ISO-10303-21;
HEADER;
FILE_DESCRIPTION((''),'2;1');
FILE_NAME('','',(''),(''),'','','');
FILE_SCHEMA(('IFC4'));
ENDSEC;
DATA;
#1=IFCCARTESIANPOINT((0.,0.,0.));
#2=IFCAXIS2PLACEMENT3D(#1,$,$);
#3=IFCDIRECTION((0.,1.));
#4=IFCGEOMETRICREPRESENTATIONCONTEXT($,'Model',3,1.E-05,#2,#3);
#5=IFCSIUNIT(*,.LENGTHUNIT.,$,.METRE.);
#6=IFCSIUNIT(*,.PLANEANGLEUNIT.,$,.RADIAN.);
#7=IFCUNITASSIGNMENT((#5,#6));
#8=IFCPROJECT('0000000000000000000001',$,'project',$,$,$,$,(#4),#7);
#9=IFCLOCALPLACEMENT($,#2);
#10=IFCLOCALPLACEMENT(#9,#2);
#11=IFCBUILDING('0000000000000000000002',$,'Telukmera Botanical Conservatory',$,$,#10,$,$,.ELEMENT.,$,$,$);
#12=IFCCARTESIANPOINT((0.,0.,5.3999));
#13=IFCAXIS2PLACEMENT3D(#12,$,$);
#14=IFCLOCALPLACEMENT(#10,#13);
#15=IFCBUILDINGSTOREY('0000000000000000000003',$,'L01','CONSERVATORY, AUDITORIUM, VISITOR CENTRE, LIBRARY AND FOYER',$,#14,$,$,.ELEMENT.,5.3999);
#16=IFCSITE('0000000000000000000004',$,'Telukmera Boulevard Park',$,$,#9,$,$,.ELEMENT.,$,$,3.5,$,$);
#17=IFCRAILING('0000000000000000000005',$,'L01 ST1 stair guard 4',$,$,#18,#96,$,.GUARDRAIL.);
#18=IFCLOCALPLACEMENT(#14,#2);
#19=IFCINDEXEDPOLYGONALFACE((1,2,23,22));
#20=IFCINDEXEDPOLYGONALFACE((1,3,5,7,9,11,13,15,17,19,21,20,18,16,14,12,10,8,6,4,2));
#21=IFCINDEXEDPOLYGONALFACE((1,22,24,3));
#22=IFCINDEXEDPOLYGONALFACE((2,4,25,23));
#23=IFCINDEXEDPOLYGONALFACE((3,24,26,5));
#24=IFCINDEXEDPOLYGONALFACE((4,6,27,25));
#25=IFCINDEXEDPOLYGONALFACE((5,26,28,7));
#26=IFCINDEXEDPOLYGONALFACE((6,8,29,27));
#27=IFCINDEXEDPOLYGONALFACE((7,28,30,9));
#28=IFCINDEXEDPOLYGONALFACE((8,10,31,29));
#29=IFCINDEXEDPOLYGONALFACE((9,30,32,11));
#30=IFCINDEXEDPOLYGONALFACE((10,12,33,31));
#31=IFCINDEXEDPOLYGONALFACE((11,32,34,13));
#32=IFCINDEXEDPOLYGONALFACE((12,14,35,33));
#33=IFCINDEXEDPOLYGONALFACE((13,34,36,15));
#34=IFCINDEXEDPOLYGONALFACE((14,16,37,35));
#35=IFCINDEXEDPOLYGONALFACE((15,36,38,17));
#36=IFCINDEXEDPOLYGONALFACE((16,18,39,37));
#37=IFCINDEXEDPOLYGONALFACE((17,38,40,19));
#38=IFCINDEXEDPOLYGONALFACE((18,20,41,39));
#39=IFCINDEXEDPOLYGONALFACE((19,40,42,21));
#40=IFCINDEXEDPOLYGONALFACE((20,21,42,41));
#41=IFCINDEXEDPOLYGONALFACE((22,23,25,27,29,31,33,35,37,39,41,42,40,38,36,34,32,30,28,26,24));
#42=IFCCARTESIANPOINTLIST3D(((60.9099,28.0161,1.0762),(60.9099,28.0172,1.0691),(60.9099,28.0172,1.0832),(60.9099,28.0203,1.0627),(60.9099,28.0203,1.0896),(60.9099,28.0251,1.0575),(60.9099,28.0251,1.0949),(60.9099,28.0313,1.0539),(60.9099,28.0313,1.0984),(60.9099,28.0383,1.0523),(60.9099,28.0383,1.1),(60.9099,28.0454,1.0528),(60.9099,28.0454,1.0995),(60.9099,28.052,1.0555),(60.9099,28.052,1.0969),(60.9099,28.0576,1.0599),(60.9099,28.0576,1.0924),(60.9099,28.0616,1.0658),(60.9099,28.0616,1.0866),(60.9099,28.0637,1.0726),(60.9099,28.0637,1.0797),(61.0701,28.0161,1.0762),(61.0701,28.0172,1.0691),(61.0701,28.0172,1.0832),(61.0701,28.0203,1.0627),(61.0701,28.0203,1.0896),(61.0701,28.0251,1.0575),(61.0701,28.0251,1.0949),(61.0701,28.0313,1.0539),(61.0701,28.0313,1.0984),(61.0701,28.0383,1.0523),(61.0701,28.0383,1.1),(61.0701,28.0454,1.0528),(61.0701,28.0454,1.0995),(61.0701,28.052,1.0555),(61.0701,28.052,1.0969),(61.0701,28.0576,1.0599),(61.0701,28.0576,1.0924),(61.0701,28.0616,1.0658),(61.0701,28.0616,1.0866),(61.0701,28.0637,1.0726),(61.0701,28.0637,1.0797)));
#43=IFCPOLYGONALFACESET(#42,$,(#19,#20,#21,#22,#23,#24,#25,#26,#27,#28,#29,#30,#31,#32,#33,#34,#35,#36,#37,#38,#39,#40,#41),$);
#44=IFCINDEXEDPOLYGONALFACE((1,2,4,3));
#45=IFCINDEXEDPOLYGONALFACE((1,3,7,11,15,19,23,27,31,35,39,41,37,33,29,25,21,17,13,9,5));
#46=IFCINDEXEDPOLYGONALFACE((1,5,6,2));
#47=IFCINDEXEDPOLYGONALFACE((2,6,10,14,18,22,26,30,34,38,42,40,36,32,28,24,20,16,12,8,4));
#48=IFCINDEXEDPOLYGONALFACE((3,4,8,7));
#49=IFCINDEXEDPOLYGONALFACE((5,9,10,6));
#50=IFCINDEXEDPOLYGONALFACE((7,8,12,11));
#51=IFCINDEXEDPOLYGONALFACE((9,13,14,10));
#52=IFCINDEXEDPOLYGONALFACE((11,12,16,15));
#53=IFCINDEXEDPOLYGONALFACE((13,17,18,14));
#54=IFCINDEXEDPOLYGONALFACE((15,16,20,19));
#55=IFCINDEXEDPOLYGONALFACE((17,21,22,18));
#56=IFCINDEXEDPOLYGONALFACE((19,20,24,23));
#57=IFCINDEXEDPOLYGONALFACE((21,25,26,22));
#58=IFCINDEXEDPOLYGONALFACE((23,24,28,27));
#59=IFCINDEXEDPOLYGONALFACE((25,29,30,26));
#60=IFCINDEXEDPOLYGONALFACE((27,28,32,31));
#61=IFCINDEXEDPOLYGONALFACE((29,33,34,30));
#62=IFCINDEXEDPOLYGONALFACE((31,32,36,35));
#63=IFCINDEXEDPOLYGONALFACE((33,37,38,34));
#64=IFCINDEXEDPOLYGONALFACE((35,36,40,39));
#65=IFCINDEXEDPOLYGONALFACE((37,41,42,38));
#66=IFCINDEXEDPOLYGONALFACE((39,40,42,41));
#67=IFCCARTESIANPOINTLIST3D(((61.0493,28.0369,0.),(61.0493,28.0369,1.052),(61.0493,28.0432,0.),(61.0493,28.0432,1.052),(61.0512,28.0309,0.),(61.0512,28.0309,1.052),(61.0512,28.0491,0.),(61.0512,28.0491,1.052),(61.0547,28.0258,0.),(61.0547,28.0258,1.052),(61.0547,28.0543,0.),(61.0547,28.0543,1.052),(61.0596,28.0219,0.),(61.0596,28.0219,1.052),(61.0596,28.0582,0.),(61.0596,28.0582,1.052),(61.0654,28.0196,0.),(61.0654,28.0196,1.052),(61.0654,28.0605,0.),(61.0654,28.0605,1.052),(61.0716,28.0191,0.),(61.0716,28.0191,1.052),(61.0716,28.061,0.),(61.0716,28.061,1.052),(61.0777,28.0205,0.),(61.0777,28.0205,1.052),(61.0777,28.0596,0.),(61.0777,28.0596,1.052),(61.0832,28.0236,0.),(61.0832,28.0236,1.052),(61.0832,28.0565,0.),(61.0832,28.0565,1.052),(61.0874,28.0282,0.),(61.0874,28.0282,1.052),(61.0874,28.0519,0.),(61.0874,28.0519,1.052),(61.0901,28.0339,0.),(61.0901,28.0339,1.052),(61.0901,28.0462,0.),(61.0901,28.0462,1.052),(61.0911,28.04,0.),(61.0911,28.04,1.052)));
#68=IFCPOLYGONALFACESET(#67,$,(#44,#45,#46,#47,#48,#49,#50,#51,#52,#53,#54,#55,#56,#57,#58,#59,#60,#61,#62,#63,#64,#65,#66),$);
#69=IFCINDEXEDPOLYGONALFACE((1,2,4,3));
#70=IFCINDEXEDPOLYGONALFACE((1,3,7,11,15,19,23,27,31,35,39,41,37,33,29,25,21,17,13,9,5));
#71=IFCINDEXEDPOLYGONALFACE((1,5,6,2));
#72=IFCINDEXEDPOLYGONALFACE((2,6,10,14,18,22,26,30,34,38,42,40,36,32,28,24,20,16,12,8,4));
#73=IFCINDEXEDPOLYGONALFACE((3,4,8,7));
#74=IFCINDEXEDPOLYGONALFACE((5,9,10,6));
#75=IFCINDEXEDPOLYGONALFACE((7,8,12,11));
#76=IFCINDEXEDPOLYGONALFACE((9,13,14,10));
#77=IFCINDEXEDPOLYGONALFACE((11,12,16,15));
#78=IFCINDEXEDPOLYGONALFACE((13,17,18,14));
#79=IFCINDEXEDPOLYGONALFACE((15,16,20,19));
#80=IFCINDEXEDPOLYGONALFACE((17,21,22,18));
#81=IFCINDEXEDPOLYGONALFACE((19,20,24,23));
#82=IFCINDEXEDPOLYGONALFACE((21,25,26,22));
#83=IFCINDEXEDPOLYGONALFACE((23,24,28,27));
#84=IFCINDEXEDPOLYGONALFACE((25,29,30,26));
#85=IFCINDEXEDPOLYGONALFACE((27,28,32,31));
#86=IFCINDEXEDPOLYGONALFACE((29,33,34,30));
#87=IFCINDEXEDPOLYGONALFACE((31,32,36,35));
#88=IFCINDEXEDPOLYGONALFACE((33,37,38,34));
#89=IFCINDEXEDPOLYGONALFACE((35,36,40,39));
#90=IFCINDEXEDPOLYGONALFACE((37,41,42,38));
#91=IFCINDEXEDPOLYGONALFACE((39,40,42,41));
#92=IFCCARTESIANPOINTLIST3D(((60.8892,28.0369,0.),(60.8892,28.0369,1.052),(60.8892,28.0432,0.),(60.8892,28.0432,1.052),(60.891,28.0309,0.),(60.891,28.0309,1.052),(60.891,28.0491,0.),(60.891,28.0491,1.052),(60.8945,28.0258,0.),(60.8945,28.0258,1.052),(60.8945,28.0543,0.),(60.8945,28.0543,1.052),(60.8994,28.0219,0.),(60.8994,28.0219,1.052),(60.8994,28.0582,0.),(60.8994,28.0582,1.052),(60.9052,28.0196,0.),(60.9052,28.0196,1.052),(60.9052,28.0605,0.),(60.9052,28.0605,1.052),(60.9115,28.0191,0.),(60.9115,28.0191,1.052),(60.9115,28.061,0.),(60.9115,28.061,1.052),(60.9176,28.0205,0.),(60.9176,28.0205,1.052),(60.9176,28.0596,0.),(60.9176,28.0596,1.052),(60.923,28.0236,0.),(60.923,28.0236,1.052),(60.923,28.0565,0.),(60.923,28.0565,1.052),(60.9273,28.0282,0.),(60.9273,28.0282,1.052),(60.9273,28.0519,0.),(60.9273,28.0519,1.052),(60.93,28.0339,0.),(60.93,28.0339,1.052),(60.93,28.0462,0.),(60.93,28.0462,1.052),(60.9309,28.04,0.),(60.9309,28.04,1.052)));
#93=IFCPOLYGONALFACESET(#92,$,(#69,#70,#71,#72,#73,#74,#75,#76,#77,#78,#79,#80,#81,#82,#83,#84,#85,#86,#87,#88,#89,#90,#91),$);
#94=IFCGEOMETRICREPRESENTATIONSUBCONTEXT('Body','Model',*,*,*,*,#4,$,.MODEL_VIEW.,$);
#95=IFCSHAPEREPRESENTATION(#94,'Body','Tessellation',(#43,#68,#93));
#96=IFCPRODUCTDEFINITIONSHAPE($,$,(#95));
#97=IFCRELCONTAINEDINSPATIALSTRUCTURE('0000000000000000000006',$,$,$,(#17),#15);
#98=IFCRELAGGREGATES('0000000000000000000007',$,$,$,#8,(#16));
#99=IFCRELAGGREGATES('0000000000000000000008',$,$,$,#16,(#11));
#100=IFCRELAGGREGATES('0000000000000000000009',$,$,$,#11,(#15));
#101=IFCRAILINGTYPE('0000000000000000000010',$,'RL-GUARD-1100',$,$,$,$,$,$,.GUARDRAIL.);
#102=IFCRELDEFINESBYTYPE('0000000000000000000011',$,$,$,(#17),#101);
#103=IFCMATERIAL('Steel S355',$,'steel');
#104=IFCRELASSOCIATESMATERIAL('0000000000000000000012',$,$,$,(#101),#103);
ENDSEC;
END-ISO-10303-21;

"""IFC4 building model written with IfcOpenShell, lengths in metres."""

from ifc_helpers import new_model, si_unit, direction, frame, origin, origin_2d, place, context, subcontext, project, spatial, circle, extrude, material, type_object, element, save


model = new_model("IFC4")

# Units and contexts
model_context = context("Model", 3, precision=1e-05, world=origin(), true_north=direction((0.0, 1.0)))
body_context = subcontext(model_context, "Body", "Model", "MODEL_VIEW")
ifc_project = project(units=[si_unit("LENGTHUNIT", "METRE"), si_unit("PLANEANGLEUNIT", "RADIAN")], contexts=[model_context])

# Site, building, storey
site_placement = place(None, origin())
site = spatial("IfcSite", under=ifc_project, at=site_placement, Name="Telukmera Boulevard Park", CompositionType="ELEMENT", RefElevation=3.5)
building_placement = place(site_placement, origin())
building = spatial("IfcBuilding", under=site, at=building_placement, Name="Telukmera Botanical Conservatory", CompositionType="ELEMENT")
storey_placement = place(building_placement, frame((0.0, 0.0, 5.3999)))
storey = spatial("IfcBuildingStorey", under=building, at=storey_placement, Name="L01", Description="CONSERVATORY, AUDITORIUM, VISITOR CENTRE, LIBRARY AND FOYER", CompositionType="ELEMENT", Elevation=5.3999)

# Railing
ifc_material_1 = material(Name="Steel S355", Category="steel")
railing_type_1 = type_object("IfcRailingType", Name="RL-GUARD-1100", PredefinedType="GUARDRAIL", material=ifc_material_1)
railing_1_placement = place(storey_placement, frame((61.0701, 28.04, 0.0)))
element("IfcRailing", 1, at=railing_1_placement, inside=storey, type_object=railing_type_1, Name="L01 ST1 stair guard 4", PredefinedType="GUARDRAIL", context=body_context, shape_type="SweptSolid", body=[
    extrude(circle(Radius=0.0239, at=origin_2d()), frame((0.0, 0.0, 1.0762), z_axis=(-1.0, 0.0, 0.0), x_axis=(0.0, -1.0, 0.0)), (0.0, 0.0, 1.0), 0.1602),
    extrude(circle(Radius=0.021, at=origin_2d()), origin(), (0.0, 0.0, 1.0), 1.052),
    extrude(circle(Radius=0.021, at=origin_2d()), frame((-0.1602, 0.0, 0.0)), (0.0, 0.0, 1.0), 1.052),
])

save(model, "model.ifc")
